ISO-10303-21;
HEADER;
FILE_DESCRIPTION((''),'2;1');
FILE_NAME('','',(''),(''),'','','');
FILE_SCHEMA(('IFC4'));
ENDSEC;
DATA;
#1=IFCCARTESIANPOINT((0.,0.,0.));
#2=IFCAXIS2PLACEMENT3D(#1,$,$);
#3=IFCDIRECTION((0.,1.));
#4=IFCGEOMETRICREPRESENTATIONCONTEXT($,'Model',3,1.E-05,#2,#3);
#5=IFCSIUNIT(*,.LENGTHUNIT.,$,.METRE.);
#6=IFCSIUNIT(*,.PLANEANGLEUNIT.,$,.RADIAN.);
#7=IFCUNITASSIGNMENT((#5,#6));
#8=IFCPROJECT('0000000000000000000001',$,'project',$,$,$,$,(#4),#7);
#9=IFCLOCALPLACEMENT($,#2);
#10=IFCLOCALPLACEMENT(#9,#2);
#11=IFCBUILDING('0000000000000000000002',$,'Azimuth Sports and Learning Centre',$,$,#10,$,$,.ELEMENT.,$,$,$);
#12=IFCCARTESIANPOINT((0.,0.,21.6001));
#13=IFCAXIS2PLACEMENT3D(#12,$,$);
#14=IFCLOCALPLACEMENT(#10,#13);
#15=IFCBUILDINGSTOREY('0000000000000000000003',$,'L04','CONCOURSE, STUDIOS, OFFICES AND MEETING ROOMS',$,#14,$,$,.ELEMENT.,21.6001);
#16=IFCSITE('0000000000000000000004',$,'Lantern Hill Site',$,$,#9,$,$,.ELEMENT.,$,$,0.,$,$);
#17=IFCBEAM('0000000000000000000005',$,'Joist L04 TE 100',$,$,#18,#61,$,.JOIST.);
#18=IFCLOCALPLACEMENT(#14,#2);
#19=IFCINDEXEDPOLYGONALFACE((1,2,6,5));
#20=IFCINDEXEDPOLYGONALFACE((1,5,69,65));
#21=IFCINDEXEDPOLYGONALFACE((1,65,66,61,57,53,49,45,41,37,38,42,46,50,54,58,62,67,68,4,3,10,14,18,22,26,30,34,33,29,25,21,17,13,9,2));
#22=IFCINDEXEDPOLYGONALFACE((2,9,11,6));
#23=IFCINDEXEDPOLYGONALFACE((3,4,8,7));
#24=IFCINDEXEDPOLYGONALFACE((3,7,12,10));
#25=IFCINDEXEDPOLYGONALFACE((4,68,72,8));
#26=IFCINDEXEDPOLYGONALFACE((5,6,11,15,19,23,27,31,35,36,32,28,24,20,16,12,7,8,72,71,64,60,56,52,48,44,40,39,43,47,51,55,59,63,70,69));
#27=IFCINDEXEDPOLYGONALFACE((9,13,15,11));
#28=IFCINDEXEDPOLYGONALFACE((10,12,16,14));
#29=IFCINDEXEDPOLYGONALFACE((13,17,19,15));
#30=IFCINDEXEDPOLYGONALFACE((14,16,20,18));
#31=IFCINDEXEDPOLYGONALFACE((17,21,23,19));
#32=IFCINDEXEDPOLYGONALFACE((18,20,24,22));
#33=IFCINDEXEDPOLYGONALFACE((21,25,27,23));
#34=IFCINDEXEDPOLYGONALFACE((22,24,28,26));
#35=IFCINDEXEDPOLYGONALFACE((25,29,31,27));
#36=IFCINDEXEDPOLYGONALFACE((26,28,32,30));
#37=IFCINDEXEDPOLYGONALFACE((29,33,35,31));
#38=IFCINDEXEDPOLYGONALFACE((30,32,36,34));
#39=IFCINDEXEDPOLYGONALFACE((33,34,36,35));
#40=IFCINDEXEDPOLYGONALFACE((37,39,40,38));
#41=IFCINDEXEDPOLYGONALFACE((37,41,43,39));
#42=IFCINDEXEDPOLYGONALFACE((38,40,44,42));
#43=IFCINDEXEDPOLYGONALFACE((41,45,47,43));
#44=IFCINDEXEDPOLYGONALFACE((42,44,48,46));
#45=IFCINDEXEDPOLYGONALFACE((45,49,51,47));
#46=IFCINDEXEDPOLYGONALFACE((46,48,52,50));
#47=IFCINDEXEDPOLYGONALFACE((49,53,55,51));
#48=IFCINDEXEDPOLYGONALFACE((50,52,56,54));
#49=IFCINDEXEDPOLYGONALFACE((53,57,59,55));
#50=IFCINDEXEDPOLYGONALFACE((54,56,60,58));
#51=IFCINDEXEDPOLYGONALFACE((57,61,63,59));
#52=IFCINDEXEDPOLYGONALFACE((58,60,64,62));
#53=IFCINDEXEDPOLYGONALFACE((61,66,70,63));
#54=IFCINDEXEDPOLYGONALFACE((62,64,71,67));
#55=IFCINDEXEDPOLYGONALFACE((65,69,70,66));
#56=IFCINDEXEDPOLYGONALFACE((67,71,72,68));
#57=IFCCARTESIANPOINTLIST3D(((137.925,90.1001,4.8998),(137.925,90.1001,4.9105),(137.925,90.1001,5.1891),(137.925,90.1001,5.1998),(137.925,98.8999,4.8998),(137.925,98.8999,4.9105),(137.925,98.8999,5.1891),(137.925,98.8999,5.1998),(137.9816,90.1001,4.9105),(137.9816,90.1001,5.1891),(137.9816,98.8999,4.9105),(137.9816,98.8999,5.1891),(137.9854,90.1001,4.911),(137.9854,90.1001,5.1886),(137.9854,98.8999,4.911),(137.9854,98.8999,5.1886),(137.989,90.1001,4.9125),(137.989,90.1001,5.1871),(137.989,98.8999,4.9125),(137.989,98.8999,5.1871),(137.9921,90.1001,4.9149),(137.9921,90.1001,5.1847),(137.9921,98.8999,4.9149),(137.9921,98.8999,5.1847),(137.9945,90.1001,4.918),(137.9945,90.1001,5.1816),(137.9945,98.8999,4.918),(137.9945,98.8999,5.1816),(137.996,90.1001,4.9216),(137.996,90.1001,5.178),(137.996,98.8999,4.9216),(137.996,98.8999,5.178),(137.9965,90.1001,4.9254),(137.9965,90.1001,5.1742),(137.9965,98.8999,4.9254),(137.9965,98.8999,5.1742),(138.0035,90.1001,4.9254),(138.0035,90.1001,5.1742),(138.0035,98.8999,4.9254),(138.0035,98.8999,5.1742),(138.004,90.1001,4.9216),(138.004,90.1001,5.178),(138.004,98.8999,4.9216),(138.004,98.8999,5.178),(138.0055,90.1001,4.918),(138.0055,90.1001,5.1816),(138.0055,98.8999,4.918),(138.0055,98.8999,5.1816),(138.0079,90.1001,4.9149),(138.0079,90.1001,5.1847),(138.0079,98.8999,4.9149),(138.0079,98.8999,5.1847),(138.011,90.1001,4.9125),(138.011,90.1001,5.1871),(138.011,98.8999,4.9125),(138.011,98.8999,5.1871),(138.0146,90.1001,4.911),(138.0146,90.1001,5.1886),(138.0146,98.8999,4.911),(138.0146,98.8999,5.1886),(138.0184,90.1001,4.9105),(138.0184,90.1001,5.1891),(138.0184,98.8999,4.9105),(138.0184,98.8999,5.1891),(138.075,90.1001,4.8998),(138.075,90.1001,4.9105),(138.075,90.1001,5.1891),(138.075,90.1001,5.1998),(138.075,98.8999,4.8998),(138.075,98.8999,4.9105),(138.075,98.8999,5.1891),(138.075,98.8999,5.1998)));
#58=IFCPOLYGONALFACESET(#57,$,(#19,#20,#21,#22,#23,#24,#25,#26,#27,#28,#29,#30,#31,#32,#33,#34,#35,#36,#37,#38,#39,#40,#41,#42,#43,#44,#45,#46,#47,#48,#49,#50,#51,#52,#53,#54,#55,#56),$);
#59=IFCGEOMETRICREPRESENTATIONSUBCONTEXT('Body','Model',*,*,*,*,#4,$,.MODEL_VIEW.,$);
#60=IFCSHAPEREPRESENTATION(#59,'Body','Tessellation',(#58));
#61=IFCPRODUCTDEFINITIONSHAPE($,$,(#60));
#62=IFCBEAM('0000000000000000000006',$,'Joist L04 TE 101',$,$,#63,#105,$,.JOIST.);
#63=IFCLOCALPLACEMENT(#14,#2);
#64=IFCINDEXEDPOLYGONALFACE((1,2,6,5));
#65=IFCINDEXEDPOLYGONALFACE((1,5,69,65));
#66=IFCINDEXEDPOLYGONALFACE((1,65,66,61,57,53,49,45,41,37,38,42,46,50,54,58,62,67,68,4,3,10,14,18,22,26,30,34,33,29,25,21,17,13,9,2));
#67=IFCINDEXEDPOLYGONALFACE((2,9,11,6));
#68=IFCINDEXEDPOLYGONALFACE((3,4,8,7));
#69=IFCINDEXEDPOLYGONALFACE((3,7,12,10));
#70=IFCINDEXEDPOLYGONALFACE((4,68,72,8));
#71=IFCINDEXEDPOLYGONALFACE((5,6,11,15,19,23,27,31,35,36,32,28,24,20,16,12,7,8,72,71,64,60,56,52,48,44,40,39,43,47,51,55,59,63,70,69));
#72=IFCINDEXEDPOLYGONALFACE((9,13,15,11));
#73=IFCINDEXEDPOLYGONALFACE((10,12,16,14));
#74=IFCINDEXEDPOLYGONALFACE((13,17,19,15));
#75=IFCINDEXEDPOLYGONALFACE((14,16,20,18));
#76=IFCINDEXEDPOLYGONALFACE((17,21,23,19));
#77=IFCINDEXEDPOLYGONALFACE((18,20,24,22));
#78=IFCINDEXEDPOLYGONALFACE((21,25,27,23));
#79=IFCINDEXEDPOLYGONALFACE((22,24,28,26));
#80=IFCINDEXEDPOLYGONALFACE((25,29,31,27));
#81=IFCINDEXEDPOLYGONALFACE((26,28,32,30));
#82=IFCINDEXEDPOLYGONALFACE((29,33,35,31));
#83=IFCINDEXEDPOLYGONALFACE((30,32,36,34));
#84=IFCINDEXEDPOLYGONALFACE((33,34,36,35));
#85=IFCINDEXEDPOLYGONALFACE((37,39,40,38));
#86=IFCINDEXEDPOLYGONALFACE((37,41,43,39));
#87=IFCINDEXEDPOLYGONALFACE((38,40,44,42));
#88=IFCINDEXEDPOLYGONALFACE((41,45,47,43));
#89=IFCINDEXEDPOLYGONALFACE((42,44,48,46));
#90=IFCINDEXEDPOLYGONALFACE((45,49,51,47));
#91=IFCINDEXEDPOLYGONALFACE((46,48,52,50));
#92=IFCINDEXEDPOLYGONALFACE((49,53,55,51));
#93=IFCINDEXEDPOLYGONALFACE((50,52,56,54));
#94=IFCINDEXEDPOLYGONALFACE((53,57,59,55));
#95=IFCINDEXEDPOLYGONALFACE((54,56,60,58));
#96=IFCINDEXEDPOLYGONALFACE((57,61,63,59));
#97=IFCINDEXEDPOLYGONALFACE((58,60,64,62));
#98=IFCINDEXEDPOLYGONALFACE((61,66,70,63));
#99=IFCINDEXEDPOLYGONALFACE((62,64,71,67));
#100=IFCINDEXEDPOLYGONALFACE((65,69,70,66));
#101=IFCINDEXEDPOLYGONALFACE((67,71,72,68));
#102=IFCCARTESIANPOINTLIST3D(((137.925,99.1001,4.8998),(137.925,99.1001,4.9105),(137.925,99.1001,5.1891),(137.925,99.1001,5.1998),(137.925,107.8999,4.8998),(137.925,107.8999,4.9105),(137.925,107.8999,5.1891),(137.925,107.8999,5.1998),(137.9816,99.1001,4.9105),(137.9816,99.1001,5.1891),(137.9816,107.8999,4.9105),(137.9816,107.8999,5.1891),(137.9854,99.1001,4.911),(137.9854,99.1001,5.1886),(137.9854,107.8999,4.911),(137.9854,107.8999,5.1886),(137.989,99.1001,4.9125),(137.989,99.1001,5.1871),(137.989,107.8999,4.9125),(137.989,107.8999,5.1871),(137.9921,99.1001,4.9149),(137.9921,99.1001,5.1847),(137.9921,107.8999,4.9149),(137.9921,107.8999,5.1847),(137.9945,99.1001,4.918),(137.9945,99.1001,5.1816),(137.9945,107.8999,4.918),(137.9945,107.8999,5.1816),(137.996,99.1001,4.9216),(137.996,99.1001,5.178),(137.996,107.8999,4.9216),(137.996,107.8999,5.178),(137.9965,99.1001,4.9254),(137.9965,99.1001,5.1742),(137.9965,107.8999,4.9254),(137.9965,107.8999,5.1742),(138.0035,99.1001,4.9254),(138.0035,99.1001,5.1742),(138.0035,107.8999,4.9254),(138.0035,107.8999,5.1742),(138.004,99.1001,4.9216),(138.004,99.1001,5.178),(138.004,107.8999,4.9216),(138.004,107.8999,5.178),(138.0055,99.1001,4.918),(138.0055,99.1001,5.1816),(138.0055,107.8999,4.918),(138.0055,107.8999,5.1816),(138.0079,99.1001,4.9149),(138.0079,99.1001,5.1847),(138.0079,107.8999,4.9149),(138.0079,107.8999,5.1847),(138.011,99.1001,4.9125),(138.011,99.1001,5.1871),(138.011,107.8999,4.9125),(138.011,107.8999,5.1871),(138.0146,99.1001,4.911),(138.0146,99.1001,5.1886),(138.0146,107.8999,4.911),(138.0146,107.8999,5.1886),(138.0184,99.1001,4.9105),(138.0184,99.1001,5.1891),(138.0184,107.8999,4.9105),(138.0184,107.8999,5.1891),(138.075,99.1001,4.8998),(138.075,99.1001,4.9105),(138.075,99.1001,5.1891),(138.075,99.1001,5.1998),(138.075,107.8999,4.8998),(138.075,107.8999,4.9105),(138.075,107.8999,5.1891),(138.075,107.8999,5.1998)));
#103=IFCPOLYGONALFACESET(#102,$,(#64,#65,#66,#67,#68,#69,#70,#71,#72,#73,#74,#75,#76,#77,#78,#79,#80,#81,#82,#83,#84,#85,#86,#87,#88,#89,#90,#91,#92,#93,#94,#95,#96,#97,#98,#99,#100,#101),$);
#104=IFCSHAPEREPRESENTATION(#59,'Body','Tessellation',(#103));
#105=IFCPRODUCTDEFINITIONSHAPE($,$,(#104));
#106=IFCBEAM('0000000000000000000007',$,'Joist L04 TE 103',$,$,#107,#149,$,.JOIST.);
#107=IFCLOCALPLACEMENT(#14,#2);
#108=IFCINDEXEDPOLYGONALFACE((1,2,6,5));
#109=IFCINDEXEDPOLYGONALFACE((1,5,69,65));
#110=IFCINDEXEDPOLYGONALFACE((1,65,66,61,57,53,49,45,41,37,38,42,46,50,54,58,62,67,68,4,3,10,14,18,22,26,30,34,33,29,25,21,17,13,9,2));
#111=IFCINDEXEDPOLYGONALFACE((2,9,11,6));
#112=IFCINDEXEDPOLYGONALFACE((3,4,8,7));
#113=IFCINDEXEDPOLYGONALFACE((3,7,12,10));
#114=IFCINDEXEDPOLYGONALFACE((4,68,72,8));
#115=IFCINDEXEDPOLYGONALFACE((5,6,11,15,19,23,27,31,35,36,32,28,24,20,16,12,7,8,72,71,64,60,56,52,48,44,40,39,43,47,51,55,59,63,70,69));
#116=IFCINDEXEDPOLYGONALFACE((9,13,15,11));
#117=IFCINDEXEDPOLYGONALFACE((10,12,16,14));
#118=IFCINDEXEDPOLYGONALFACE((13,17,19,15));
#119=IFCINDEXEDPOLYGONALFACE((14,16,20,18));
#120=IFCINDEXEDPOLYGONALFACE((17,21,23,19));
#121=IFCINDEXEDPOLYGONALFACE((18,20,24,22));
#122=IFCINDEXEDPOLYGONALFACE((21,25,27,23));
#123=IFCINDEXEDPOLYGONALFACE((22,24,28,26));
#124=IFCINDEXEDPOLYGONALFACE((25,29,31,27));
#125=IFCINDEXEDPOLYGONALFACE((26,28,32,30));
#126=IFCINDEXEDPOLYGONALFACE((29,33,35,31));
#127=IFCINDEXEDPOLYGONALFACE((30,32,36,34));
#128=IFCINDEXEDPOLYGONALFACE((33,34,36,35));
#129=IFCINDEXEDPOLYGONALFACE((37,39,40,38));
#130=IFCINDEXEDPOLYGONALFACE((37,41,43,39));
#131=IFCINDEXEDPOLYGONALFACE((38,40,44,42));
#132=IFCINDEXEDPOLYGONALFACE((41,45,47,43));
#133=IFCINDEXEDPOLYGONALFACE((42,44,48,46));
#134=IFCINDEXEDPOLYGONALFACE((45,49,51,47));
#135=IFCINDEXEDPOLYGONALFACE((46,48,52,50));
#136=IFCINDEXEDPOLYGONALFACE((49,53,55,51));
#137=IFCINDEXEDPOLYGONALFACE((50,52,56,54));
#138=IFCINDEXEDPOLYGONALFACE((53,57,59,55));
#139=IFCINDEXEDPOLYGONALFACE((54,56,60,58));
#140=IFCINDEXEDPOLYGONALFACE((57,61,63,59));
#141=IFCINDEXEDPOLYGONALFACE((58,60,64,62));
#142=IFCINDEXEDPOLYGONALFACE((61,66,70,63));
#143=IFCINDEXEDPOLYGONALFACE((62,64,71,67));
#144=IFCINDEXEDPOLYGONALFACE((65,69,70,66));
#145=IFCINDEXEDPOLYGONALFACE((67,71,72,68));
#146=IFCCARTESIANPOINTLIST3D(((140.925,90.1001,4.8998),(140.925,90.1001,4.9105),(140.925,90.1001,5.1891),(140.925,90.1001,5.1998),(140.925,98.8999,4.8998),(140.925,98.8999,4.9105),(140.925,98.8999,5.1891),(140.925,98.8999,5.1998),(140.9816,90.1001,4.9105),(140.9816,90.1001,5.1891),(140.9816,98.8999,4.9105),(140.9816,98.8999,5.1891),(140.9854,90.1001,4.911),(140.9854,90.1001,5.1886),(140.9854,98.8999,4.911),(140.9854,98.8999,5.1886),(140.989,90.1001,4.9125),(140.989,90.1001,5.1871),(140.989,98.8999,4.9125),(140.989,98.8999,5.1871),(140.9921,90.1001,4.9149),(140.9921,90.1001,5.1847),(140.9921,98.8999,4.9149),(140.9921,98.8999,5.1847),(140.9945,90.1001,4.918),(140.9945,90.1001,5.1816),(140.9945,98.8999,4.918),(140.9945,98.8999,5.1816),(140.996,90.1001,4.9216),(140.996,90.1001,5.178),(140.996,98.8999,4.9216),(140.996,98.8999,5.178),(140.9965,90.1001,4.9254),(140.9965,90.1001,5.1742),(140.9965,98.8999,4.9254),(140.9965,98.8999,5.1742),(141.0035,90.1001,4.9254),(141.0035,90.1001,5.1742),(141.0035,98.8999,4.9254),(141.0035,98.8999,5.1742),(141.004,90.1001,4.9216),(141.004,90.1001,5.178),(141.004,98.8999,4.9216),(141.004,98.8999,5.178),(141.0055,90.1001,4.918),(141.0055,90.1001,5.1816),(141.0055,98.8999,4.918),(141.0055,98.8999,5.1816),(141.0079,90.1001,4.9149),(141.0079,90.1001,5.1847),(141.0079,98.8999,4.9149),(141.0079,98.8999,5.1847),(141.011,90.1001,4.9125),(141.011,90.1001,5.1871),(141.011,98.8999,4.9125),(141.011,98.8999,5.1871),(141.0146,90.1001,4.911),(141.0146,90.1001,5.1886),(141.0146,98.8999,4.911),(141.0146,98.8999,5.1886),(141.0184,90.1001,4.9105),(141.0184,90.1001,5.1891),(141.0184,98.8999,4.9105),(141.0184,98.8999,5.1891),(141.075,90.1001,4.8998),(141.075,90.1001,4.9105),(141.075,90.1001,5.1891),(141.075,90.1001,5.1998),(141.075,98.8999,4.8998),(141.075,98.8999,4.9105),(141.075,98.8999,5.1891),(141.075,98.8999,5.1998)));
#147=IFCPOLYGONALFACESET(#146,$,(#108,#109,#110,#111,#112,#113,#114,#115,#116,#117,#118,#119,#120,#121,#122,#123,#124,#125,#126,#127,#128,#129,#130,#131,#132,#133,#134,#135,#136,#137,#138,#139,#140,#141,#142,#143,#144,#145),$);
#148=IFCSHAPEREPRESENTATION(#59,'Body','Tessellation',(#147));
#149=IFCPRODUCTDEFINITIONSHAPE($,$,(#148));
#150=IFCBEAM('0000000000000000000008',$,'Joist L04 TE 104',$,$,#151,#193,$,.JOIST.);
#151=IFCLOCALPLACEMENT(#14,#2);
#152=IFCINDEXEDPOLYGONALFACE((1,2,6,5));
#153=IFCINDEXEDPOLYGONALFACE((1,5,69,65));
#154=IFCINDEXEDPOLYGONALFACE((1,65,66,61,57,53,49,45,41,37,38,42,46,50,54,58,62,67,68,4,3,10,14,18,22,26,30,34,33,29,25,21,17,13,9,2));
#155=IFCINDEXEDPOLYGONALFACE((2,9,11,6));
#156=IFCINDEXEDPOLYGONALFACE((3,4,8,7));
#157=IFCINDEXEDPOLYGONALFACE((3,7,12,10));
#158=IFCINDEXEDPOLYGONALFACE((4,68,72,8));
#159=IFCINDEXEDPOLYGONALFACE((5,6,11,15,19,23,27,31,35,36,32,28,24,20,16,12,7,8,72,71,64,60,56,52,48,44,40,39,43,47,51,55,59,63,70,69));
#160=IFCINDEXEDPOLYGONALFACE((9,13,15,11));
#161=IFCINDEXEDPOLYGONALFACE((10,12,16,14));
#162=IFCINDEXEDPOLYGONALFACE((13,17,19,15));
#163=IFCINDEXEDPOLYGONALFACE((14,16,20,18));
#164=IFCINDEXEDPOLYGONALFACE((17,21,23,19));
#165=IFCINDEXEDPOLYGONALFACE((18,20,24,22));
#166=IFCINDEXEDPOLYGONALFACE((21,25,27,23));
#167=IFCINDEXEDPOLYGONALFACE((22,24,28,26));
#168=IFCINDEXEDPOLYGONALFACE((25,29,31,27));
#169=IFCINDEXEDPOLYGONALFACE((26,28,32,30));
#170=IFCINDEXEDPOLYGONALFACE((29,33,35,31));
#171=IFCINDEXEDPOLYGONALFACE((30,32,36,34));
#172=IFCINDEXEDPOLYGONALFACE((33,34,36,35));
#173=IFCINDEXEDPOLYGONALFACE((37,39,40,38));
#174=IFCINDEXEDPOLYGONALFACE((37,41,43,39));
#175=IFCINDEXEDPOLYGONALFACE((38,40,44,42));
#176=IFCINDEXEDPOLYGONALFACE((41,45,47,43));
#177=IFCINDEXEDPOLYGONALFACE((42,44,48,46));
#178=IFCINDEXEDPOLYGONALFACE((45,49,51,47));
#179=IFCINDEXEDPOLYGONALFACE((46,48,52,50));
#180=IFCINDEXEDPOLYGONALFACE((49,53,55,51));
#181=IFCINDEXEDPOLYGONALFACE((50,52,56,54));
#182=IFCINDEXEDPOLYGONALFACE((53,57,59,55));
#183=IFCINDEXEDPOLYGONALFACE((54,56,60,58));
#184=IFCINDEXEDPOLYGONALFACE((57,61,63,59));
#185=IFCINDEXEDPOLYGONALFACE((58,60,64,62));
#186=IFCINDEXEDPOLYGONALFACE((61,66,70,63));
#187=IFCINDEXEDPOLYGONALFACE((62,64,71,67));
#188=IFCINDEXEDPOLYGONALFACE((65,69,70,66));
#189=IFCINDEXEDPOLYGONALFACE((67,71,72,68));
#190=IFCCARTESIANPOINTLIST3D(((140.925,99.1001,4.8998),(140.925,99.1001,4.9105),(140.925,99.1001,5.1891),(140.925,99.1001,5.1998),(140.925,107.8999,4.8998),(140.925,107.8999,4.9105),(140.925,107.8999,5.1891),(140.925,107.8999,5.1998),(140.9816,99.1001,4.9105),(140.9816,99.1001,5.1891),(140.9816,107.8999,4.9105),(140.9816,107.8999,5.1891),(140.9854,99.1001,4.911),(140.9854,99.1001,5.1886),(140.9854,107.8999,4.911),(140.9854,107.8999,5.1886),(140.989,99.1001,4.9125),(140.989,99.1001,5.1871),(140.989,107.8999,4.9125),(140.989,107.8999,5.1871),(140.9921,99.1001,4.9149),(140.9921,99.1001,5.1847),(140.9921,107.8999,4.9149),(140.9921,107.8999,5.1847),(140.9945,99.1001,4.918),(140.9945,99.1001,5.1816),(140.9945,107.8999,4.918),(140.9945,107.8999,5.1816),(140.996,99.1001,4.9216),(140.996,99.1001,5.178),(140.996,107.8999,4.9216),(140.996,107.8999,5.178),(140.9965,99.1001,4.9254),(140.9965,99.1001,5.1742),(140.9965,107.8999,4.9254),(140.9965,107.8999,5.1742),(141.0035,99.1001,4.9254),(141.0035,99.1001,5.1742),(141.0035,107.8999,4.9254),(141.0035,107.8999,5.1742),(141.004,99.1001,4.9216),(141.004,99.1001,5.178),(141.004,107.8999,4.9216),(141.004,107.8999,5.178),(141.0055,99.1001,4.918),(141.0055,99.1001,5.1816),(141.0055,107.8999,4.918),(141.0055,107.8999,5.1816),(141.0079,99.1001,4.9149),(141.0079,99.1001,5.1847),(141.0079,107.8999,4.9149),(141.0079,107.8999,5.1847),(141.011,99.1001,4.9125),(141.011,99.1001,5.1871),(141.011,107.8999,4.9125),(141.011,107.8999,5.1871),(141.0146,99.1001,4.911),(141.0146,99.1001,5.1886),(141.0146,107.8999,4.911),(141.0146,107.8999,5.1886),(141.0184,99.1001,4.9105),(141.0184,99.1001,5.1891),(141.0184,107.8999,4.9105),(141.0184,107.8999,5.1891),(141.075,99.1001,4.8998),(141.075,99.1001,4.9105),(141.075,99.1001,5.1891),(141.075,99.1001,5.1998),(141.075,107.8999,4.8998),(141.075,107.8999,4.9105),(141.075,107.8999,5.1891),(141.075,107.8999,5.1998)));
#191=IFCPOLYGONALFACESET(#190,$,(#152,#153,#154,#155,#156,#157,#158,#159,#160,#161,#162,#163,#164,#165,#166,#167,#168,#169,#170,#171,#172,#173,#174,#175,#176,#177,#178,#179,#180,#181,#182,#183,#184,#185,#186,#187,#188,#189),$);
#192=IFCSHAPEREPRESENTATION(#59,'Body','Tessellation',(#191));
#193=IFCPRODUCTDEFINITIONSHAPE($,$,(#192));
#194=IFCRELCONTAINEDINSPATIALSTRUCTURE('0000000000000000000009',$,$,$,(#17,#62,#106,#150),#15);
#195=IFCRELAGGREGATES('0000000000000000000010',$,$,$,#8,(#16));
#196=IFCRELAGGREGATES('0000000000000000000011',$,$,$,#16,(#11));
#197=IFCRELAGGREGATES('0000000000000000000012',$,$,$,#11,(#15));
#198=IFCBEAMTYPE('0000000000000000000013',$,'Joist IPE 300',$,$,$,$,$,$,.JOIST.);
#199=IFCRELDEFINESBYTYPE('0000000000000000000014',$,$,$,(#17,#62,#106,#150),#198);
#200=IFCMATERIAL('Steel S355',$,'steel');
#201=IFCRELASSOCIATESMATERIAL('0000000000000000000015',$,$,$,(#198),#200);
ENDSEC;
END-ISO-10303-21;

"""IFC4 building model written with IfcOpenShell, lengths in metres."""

from ifc_helpers import new_model, si_unit, direction, frame, origin, origin_2d, place, context, subcontext, project, spatial, i_section, extrude, material, material_profile, profile_set, type_object, element, save


model = new_model("IFC4")

# Units and contexts
model_context = context("Model", 3, precision=1e-05, world=origin(), true_north=direction((0.0, 1.0)))
body_context = subcontext(model_context, "Body", "Model", "MODEL_VIEW")
ifc_project = project(units=[si_unit("LENGTHUNIT", "METRE"), si_unit("PLANEANGLEUNIT", "RADIAN")], contexts=[model_context])

# Site, building, storey
site_placement = place(None, origin())
site = spatial("IfcSite", under=ifc_project, at=site_placement, Name="Lantern Hill Site", CompositionType="ELEMENT", RefElevation=0.0)
building_placement = place(site_placement, origin())
building = spatial("IfcBuilding", under=site, at=building_placement, Name="Azimuth Sports and Learning Centre", CompositionType="ELEMENT")
storey_placement = place(building_placement, frame((0.0, 0.0, 21.6001)))
storey = spatial("IfcBuildingStorey", under=building, at=storey_placement, Name="L04", Description="CONCOURSE, STUDIOS, OFFICES AND MEETING ROOMS", CompositionType="ELEMENT", Elevation=21.6001)

# Beams
ifc_material_1 = material(Name="Steel S355", Category="steel")
ifc_material_profile_1 = material_profile(ifc_material_1, i_section(OverallWidth=0.1499, OverallDepth=0.3, WebThickness=0.0071, FlangeThickness=0.0107, FilletRadius=0.0149, at=origin_2d()), Name="IPE 300")
ifc_profile_set_1 = profile_set([ifc_material_profile_1], Name="Steel S355")
beam_type_1 = type_object("IfcBeamType", Name="Joist IPE 300", PredefinedType="JOIST", material=ifc_profile_set_1)
for number, where, z_axis, x_axis, name in (
    (1, (138.0, 90.1001, 5.0498), (0.0, 1.0, 0.0), (-1.0, 0.0, 0.0), "Joist L04 TE 100"),
    (2, (138.0, 99.1001, 5.0498), (0.0, 1.0, 0.0), (-1.0, 0.0, 0.0), "Joist L04 TE 101"),
    (3, (141.0, 90.1001, 5.0498), (0.0, 1.0, 0.0), (-1.0, 0.0, 0.0), "Joist L04 TE 103"),
    (4, (141.0, 99.1001, 5.0498), (0.0, 1.0, 0.0), (-1.0, 0.0, 0.0), "Joist L04 TE 104"),
):
    element("IfcBeam", number, at=place(storey_placement, frame(where, z_axis=z_axis, x_axis=x_axis)), inside=storey, type_object=beam_type_1, Name=name, PredefinedType="JOIST", context=body_context, shape_type="SweptSolid", body=[
        extrude(i_section(OverallWidth=0.1499, OverallDepth=0.3, WebThickness=0.0071, FlangeThickness=0.0107, FilletRadius=0.0149, at=origin_2d()), origin(), (0.0, 0.0, 1.0), 8.7998),
    ])

save(model, "model.ifc")
